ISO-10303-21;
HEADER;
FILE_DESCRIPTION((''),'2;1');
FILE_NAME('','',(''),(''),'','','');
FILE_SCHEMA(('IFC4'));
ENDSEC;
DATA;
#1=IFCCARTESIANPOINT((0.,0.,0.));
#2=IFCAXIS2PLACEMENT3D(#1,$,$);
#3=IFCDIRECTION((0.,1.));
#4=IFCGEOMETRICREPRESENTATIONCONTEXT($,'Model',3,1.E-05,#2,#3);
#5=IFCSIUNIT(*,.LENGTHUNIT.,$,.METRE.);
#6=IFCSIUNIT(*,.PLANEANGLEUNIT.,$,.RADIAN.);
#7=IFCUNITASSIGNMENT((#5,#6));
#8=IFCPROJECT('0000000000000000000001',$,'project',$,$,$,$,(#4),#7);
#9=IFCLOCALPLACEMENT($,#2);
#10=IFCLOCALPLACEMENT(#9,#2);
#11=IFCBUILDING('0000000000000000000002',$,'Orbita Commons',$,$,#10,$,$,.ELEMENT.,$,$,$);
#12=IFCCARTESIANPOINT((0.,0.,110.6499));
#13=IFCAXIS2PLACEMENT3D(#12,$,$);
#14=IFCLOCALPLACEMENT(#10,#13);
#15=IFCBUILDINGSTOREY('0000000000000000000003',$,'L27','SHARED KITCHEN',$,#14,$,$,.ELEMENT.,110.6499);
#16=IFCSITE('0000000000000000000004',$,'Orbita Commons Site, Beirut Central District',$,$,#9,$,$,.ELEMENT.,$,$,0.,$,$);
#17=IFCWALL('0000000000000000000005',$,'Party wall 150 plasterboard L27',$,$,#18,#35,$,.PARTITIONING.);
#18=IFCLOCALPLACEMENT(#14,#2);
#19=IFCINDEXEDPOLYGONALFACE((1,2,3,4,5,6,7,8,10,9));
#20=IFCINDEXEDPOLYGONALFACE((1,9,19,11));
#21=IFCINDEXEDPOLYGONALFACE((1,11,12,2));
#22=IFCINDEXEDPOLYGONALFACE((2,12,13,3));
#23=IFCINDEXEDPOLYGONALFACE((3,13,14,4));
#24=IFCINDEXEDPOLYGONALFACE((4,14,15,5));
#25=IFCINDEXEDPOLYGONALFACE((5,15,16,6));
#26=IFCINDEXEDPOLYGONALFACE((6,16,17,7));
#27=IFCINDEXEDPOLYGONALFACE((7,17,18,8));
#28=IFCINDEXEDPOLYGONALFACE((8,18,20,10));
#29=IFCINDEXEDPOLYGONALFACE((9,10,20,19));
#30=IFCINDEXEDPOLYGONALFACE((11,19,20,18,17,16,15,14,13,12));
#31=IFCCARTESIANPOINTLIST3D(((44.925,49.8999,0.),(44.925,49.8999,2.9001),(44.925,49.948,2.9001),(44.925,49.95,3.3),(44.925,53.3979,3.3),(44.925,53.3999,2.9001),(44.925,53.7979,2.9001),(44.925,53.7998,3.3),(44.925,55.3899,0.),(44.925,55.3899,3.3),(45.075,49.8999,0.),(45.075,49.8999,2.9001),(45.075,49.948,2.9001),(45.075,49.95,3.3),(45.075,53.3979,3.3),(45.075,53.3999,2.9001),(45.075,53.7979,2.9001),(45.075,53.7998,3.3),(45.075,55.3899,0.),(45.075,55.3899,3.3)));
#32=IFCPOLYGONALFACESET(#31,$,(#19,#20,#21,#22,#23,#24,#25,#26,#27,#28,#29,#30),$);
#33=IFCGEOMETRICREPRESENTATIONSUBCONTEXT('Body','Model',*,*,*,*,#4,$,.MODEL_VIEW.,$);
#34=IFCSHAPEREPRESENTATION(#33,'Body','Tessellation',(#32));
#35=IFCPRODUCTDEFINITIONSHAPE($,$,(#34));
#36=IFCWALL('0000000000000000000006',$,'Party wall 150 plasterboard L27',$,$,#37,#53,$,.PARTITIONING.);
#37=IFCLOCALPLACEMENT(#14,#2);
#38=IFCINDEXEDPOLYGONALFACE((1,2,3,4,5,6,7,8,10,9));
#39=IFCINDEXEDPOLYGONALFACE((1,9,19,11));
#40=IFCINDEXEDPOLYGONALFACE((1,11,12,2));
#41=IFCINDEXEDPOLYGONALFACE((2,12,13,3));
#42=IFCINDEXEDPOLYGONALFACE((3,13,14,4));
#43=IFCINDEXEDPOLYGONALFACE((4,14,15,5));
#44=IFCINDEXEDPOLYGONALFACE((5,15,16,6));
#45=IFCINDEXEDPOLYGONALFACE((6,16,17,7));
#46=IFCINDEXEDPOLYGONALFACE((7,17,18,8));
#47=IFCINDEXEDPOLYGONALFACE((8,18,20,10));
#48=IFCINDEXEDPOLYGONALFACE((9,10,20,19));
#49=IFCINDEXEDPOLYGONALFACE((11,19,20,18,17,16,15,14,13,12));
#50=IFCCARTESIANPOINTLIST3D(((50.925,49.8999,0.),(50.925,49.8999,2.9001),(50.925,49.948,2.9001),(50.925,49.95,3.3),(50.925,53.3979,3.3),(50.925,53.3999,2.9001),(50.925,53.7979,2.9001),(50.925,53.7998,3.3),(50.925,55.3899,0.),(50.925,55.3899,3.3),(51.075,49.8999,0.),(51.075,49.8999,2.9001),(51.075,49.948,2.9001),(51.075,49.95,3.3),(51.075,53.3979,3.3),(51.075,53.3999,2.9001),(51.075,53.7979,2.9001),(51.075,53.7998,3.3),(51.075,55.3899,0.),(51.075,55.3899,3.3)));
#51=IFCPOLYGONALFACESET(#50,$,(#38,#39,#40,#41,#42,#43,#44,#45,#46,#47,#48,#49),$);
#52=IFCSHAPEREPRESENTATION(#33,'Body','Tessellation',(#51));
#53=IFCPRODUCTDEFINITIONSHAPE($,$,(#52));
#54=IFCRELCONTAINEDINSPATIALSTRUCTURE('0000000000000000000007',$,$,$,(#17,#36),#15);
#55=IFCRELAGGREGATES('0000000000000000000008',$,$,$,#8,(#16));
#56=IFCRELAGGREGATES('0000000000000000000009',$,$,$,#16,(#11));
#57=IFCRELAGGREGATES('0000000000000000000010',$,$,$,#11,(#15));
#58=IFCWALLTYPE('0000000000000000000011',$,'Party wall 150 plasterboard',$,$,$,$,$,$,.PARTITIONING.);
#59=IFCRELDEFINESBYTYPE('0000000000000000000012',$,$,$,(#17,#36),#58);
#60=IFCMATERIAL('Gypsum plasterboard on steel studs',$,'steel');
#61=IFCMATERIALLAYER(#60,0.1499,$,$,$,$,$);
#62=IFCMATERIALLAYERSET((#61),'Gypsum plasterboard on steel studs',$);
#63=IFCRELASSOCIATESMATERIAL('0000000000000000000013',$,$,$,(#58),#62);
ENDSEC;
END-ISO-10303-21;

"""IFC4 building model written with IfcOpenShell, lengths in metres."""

from ifc_helpers import new_model, si_unit, direction, frame, origin, place, context, subcontext, project, spatial, polyline, outline, extrude, material, layer, layer_set, type_object, element, save


model = new_model("IFC4")

# Units and contexts
model_context = context("Model", 3, precision=1e-05, world=origin(), true_north=direction((0.0, 1.0)))
body_context = subcontext(model_context, "Body", "Model", "MODEL_VIEW")
ifc_project = project(units=[si_unit("LENGTHUNIT", "METRE"), si_unit("PLANEANGLEUNIT", "RADIAN")], contexts=[model_context])

# Site, building, storey
site_placement = place(None, origin())
site = spatial("IfcSite", under=ifc_project, at=site_placement, Name="Orbita Commons Site, Beirut Central District", CompositionType="ELEMENT", RefElevation=0.0)
building_placement = place(site_placement, origin())
building = spatial("IfcBuilding", under=site, at=building_placement, Name="Orbita Commons", CompositionType="ELEMENT")
storey_placement = place(building_placement, frame((0.0, 0.0, 110.6499)))
storey = spatial("IfcBuildingStorey", under=building, at=storey_placement, Name="L27", Description="SHARED KITCHEN", CompositionType="ELEMENT", Elevation=110.6499)

# Walls
ifc_material_1 = material(Name="Gypsum plasterboard on steel studs", Category="steel")
ifc_layer_1 = layer(ifc_material_1, 0.1499)
ifc_layer_set_1 = layer_set([ifc_layer_1], Name="Gypsum plasterboard on steel studs")
wall_type_1 = type_object("IfcWallType", Name="Party wall 150 plasterboard", PredefinedType="PARTITIONING", material=ifc_layer_set_1)
for number, where, z_axis, x_axis, name in (
    (1, (45.0, 55.3899, 0.0), (0.0, 0.0, 1.0), (0.0, -1.0, 0.0), "Party wall 150 plasterboard L27"),
    (2, (51.0, 55.3899, 0.0), (0.0, 0.0, 1.0), (0.0, -1.0, 0.0), "Party wall 150 plasterboard L27"),
):
    element("IfcWall", number, at=place(storey_placement, frame(where, z_axis=z_axis, x_axis=x_axis)), inside=storey, type_object=wall_type_1, Name=name, PredefinedType="PARTITIONING", context=body_context, shape_type="SweptSolid", body=[
        extrude(outline(polyline([(0.0, 0.0), (5.49, 0.0), (5.49, 2.9001), (5.4419, 2.9001), (5.4399, 3.3), (1.9919, 3.3), (1.99, 2.9001), (1.592, 2.9001), (1.5901, 3.3), (0.0, 3.3), (0.0, 0.0)])), frame((0.0, 0.075, 0.0), z_axis=(0.0, -1.0, 0.0), x_axis=(1.0, 0.0, 0.0)), (0.0, 0.0, 1.0), 0.1499),
    ])

save(model, "model.ifc")
